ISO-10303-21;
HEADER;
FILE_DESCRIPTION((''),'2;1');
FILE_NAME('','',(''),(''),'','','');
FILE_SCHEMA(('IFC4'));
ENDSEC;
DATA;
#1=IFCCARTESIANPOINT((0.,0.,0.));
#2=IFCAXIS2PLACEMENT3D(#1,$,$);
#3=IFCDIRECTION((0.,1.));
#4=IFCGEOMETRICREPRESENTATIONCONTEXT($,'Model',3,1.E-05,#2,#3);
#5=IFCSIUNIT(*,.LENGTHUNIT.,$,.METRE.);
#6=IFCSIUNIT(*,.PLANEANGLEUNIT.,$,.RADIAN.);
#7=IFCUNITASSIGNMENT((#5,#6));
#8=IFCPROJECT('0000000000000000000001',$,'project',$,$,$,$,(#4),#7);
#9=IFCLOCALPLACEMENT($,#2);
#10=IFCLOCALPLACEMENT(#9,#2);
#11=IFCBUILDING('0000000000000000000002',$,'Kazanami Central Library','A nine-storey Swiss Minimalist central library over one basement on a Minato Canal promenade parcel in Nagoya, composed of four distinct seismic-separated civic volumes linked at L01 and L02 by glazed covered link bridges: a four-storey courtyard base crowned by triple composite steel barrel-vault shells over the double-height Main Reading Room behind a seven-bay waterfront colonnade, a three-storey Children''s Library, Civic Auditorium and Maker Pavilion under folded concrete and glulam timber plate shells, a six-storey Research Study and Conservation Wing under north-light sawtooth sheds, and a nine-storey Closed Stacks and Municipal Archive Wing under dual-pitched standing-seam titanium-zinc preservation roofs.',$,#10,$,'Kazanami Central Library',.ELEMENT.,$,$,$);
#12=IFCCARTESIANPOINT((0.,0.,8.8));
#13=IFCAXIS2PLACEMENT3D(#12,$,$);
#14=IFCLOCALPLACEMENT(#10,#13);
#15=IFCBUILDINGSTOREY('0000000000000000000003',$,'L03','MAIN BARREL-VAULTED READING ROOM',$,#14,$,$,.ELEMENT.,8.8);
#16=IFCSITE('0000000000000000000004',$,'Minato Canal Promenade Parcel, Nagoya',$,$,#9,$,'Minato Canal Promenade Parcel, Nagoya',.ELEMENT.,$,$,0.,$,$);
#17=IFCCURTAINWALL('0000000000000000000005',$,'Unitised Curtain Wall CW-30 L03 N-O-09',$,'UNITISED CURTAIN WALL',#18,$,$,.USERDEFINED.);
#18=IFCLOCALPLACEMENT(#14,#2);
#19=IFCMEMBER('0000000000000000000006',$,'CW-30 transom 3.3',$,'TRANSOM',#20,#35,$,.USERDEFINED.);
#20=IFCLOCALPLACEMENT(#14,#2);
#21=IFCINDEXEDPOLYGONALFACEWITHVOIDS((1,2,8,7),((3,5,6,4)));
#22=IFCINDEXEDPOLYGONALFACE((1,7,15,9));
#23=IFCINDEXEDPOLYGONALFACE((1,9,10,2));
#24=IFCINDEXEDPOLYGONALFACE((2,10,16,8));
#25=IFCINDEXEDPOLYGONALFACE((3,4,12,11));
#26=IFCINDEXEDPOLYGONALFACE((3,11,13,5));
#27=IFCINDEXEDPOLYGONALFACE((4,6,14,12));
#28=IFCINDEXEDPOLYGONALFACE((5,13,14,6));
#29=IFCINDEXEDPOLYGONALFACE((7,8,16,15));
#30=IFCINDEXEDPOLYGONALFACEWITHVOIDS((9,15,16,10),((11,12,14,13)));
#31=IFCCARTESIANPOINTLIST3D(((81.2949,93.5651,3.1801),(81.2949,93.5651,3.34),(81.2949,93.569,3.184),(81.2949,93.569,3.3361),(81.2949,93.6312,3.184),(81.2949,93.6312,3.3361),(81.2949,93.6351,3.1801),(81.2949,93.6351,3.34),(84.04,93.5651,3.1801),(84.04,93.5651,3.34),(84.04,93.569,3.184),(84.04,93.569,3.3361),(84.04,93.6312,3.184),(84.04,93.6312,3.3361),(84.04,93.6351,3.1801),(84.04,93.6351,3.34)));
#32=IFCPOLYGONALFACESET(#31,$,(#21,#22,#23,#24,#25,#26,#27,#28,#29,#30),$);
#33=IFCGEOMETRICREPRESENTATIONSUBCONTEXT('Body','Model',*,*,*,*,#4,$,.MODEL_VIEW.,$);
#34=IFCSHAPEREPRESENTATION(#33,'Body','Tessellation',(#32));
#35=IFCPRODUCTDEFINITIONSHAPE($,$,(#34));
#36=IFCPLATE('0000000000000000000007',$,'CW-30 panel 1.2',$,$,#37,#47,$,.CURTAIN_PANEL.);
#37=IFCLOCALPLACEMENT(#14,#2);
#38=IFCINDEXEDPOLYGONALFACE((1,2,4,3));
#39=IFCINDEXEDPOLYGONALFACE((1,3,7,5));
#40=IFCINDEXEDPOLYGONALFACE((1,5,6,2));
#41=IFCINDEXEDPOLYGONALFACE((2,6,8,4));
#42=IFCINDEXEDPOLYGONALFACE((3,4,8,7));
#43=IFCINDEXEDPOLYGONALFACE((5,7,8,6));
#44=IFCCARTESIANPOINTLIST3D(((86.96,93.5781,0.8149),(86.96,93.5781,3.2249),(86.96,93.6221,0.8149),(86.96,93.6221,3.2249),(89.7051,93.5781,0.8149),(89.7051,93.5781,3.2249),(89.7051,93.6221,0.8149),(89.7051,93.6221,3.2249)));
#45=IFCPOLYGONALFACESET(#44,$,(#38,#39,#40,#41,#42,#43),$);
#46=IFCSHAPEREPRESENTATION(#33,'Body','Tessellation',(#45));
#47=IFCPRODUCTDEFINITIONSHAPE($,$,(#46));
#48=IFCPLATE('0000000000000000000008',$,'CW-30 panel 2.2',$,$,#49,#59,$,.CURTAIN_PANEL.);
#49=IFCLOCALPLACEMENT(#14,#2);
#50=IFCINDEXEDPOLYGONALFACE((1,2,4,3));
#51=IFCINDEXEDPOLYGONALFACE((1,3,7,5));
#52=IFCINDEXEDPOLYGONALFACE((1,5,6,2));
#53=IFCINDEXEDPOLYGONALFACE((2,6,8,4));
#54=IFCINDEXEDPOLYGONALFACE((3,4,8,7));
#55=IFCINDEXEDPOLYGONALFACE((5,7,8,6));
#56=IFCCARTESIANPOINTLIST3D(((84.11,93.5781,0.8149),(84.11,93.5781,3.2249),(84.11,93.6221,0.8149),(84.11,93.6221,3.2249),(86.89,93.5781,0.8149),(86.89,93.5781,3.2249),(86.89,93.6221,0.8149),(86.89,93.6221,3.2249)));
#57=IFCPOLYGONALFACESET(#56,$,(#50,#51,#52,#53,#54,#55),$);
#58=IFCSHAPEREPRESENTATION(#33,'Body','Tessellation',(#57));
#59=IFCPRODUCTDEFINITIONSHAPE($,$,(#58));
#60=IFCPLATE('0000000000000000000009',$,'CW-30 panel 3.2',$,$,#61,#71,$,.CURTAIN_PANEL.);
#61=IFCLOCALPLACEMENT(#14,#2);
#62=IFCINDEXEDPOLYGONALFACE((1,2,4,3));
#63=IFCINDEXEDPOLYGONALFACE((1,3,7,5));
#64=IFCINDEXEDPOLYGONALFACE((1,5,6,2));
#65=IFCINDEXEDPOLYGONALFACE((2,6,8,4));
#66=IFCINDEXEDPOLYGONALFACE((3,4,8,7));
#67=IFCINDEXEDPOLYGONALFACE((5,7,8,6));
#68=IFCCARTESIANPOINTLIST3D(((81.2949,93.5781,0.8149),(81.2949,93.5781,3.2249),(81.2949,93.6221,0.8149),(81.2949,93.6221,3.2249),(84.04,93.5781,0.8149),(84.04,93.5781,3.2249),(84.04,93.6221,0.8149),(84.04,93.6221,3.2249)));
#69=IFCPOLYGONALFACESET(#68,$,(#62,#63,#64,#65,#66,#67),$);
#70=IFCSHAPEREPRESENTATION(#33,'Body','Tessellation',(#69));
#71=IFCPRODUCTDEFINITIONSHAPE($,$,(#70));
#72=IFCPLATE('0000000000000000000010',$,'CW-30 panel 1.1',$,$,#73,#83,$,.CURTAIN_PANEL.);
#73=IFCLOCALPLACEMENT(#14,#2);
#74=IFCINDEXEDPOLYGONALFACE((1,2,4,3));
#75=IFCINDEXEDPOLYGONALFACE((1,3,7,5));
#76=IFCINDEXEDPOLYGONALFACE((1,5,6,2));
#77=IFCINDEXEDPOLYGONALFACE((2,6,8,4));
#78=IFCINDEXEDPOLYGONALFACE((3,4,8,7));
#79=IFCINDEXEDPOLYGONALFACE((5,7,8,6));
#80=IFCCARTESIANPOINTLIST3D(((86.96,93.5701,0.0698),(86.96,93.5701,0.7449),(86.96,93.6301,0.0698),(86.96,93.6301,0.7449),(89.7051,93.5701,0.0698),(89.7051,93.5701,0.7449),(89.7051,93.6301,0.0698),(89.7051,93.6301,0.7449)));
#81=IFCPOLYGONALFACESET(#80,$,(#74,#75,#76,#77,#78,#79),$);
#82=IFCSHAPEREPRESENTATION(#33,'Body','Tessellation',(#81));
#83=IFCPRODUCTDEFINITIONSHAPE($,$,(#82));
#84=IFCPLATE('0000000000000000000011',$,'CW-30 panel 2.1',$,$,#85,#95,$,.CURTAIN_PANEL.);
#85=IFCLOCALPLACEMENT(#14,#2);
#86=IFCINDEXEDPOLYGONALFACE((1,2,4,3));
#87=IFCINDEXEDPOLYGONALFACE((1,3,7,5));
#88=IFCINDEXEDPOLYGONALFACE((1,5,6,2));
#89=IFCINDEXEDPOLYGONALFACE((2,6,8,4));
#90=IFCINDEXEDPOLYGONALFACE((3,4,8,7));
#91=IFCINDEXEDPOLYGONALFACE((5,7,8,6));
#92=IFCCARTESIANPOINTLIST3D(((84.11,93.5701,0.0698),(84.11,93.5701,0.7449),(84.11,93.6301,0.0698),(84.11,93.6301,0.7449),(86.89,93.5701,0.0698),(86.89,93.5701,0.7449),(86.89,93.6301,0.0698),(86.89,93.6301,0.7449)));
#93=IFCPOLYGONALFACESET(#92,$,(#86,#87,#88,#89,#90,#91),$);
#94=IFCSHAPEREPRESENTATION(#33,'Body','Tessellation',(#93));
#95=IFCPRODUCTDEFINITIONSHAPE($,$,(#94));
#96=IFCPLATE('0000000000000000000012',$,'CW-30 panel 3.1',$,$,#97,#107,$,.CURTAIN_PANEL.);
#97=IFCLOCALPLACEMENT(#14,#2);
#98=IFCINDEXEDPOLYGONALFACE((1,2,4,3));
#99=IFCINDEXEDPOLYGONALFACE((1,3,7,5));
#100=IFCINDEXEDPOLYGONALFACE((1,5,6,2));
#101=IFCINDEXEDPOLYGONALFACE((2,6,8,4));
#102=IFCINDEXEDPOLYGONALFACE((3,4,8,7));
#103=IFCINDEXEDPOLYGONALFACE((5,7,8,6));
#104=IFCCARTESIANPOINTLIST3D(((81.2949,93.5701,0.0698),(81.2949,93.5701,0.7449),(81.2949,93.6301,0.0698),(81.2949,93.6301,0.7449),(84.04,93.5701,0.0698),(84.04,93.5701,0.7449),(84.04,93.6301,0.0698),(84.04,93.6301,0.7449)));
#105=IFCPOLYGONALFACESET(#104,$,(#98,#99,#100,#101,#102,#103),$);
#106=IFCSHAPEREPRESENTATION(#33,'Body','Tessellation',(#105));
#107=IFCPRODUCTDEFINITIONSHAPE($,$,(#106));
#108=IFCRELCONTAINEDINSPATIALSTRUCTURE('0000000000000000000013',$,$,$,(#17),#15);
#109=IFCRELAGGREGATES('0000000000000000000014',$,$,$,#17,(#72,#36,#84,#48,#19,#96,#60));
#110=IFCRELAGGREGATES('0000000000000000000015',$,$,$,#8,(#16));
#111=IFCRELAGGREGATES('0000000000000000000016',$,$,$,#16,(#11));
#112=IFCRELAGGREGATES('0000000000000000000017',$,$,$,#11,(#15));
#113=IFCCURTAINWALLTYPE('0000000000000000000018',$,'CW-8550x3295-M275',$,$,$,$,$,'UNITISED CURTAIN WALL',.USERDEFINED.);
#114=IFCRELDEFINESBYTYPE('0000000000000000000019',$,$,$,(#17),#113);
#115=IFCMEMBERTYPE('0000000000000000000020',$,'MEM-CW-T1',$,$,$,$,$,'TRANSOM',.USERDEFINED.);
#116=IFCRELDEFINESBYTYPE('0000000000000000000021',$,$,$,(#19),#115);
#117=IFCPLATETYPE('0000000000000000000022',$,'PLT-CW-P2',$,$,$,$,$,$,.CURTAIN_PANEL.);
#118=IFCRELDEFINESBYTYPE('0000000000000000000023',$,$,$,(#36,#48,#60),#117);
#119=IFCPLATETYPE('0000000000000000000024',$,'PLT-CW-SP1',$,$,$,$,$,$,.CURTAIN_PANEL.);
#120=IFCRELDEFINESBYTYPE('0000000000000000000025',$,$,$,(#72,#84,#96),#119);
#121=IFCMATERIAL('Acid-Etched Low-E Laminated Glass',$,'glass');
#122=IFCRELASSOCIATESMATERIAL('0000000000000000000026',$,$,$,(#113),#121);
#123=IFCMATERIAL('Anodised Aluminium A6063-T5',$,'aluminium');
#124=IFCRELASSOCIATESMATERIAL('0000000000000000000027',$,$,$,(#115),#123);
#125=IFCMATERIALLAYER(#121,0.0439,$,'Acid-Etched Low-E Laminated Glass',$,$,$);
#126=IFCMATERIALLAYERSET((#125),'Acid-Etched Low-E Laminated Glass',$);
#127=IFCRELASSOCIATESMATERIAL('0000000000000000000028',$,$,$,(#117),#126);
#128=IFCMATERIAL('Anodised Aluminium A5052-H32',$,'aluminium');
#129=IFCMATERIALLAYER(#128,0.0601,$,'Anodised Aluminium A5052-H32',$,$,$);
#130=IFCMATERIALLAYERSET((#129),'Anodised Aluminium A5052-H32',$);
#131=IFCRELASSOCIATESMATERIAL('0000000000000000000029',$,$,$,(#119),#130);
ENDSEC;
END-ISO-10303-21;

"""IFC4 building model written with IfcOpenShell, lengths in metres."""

from ifc_helpers import new_model, si_unit, direction, frame, origin, origin_2d, place, context, subcontext, project, spatial, rectangle, hollow_rectangle, extrude, material, layer, layer_set, material_profile, profile_set, type_object, element, aggregate, save


model = new_model("IFC4")

# Units and contexts
model_context = context("Model", 3, precision=1e-05, world=origin(), true_north=direction((0.0, 1.0)))
body_context = subcontext(model_context, "Body", "Model", "MODEL_VIEW")
ifc_project = project(units=[si_unit("LENGTHUNIT", "METRE"), si_unit("PLANEANGLEUNIT", "RADIAN")], contexts=[model_context])

# Site, building, storey
site_placement = place(None, origin())
site = spatial("IfcSite", under=ifc_project, at=site_placement, Name="Minato Canal Promenade Parcel, Nagoya", LongName="Minato Canal Promenade Parcel, Nagoya", CompositionType="ELEMENT", RefElevation=0.0)
building_placement = place(site_placement, origin())
building = spatial("IfcBuilding", under=site, at=building_placement, Name="Kazanami Central Library", Description="A nine-storey Swiss Minimalist central library over one basement on a Minato Canal promenade parcel in Nagoya, composed of four distinct seismic-separated civic volumes linked at L01 and L02 by glazed covered link bridges: a four-storey courtyard base crowned by triple composite steel barrel-vault shells over the double-height Main Reading Room behind a seven-bay waterfront colonnade, a three-storey Children's Library, Civic Auditorium and Maker Pavilion under folded concrete and glulam timber plate shells, a six-storey Research Study and Conservation Wing under north-light sawtooth sheds, and a nine-storey Closed Stacks and Municipal Archive Wing under dual-pitched standing-seam titanium-zinc preservation roofs.", LongName="Kazanami Central Library", CompositionType="ELEMENT")
storey_placement = place(building_placement, frame((0.0, 0.0, 8.8)))
storey = spatial("IfcBuildingStorey", under=building, at=storey_placement, Name="L03", Description="MAIN BARREL-VAULTED READING ROOM", CompositionType="ELEMENT", Elevation=8.8)

# Curtain wall, member, plates
ifc_material_1 = material(Name="Acid-Etched Low-E Laminated Glass", Category="glass")
curtain_wall_type = type_object("IfcCurtainWallType", Name="CW-8550x3295-M275", ElementType="UNITISED CURTAIN WALL", PredefinedType="USERDEFINED", material=ifc_material_1)
curtain_wall_placement = place(storey_placement, origin())
curtain_wall = element("IfcCurtainWall", 1, at=curtain_wall_placement, inside=storey, type_object=curtain_wall_type, Name="Unitised Curtain Wall CW-30 L03 N-O-09", ObjectType="UNITISED CURTAIN WALL", PredefinedType="USERDEFINED")
ifc_material_2 = material(Name="Anodised Aluminium A6063-T5", Category="aluminium")
ifc_material_profile_1 = material_profile(ifc_material_2, hollow_rectangle(XDim=0.0701, YDim=0.1599, WallThickness=0.0039, at=origin_2d()), Name="ALU-TRAN-70x160x4")
ifc_profile_set_1 = profile_set([ifc_material_profile_1], Name="Anodised Aluminium A6063-T5")
member_type_1 = type_object("IfcMemberType", Name="MEM-CW-T1", ElementType="TRANSOM", PredefinedType="USERDEFINED", material=ifc_profile_set_1)
member_1_placement = place(storey_placement, frame((84.04, 93.6001, 3.26), z_axis=(-1.0, 0.0, 0.0), x_axis=(0.0, -1.0, 0.0)))
member_1 = element("IfcMember", 2, at=member_1_placement, type_object=member_type_1, Name="CW-30 transom 3.3", ObjectType="TRANSOM", PredefinedType="USERDEFINED", context=body_context, shape_type="SweptSolid", body=[
    extrude(hollow_rectangle(XDim=0.0701, YDim=0.1599, WallThickness=0.0039, at=origin_2d()), origin(), (0.0, 0.0, 1.0), 2.7451),
])
ifc_layer_1 = layer(ifc_material_1, 0.0439, Name="Acid-Etched Low-E Laminated Glass")
ifc_layer_set_1 = layer_set([ifc_layer_1], Name="Acid-Etched Low-E Laminated Glass")
plate_type_1 = type_object("IfcPlateType", Name="PLT-CW-P2", PredefinedType="CURTAIN_PANEL", material=ifc_layer_set_1)
plate_1_placement = place(storey_placement, frame((88.3325, 93.6001, 0.8149), z_axis=(0.0, 0.0, 1.0), x_axis=(-1.0, 0.0, 0.0)))
plate_1 = element("IfcPlate", 3, at=plate_1_placement, type_object=plate_type_1, Name="CW-30 panel 1.2", PredefinedType="CURTAIN_PANEL", context=body_context, shape_type="SweptSolid", body=[
    extrude(rectangle(XDim=2.7451, YDim=0.0439, at=origin_2d()), origin(), (0.0, 0.0, 1.0), 2.4099),
])
plate_2_placement = place(storey_placement, frame((85.5, 93.6001, 0.8149), z_axis=(0.0, 0.0, 1.0), x_axis=(-1.0, 0.0, 0.0)))
plate_2 = element("IfcPlate", 4, at=plate_2_placement, type_object=plate_type_1, Name="CW-30 panel 2.2", PredefinedType="CURTAIN_PANEL", context=body_context, shape_type="SweptSolid", body=[
    extrude(rectangle(XDim=2.78, YDim=0.0439, at=origin_2d()), origin(), (0.0, 0.0, 1.0), 2.4099),
])
plate_3_placement = place(storey_placement, frame((82.6675, 93.6001, 0.8149), z_axis=(0.0, 0.0, 1.0), x_axis=(-1.0, 0.0, 0.0)))
plate_3 = element("IfcPlate", 5, at=plate_3_placement, type_object=plate_type_1, Name="CW-30 panel 3.2", PredefinedType="CURTAIN_PANEL", context=body_context, shape_type="SweptSolid", body=[
    extrude(rectangle(XDim=2.7451, YDim=0.0439, at=origin_2d()), origin(), (0.0, 0.0, 1.0), 2.4099),
])
ifc_material_3 = material(Name="Anodised Aluminium A5052-H32", Category="aluminium")
ifc_layer_2 = layer(ifc_material_3, 0.0601, Name="Anodised Aluminium A5052-H32")
ifc_layer_set_2 = layer_set([ifc_layer_2], Name="Anodised Aluminium A5052-H32")
plate_type_2 = type_object("IfcPlateType", Name="PLT-CW-SP1", PredefinedType="CURTAIN_PANEL", material=ifc_layer_set_2)
plate_4_placement = place(storey_placement, frame((88.3325, 93.6001, 0.0698), z_axis=(0.0, 0.0, 1.0), x_axis=(-1.0, 0.0, 0.0)))
plate_4 = element("IfcPlate", 6, at=plate_4_placement, type_object=plate_type_2, Name="CW-30 panel 1.1", PredefinedType="CURTAIN_PANEL", context=body_context, shape_type="SweptSolid", body=[
    extrude(rectangle(XDim=2.7451, YDim=0.0601, at=origin_2d()), origin(), (0.0, 0.0, 1.0), 0.675),
])
plate_5_placement = place(storey_placement, frame((85.5, 93.6001, 0.0698), z_axis=(0.0, 0.0, 1.0), x_axis=(-1.0, 0.0, 0.0)))
plate_5 = element("IfcPlate", 7, at=plate_5_placement, type_object=plate_type_2, Name="CW-30 panel 2.1", PredefinedType="CURTAIN_PANEL", context=body_context, shape_type="SweptSolid", body=[
    extrude(rectangle(XDim=2.78, YDim=0.0601, at=origin_2d()), origin(), (0.0, 0.0, 1.0), 0.675),
])
plate_6_placement = place(storey_placement, frame((82.6675, 93.6001, 0.0698), z_axis=(0.0, 0.0, 1.0), x_axis=(-1.0, 0.0, 0.0)))
plate_6 = element("IfcPlate", 8, at=plate_6_placement, type_object=plate_type_2, Name="CW-30 panel 3.1", PredefinedType="CURTAIN_PANEL", context=body_context, shape_type="SweptSolid", body=[
    extrude(rectangle(XDim=2.7451, YDim=0.0601, at=origin_2d()), origin(), (0.0, 0.0, 1.0), 0.675),
])
aggregate(curtain_wall, [plate_4, plate_1, plate_5, plate_2, member_1, plate_6, plate_3])

save(model, "model.ifc")
